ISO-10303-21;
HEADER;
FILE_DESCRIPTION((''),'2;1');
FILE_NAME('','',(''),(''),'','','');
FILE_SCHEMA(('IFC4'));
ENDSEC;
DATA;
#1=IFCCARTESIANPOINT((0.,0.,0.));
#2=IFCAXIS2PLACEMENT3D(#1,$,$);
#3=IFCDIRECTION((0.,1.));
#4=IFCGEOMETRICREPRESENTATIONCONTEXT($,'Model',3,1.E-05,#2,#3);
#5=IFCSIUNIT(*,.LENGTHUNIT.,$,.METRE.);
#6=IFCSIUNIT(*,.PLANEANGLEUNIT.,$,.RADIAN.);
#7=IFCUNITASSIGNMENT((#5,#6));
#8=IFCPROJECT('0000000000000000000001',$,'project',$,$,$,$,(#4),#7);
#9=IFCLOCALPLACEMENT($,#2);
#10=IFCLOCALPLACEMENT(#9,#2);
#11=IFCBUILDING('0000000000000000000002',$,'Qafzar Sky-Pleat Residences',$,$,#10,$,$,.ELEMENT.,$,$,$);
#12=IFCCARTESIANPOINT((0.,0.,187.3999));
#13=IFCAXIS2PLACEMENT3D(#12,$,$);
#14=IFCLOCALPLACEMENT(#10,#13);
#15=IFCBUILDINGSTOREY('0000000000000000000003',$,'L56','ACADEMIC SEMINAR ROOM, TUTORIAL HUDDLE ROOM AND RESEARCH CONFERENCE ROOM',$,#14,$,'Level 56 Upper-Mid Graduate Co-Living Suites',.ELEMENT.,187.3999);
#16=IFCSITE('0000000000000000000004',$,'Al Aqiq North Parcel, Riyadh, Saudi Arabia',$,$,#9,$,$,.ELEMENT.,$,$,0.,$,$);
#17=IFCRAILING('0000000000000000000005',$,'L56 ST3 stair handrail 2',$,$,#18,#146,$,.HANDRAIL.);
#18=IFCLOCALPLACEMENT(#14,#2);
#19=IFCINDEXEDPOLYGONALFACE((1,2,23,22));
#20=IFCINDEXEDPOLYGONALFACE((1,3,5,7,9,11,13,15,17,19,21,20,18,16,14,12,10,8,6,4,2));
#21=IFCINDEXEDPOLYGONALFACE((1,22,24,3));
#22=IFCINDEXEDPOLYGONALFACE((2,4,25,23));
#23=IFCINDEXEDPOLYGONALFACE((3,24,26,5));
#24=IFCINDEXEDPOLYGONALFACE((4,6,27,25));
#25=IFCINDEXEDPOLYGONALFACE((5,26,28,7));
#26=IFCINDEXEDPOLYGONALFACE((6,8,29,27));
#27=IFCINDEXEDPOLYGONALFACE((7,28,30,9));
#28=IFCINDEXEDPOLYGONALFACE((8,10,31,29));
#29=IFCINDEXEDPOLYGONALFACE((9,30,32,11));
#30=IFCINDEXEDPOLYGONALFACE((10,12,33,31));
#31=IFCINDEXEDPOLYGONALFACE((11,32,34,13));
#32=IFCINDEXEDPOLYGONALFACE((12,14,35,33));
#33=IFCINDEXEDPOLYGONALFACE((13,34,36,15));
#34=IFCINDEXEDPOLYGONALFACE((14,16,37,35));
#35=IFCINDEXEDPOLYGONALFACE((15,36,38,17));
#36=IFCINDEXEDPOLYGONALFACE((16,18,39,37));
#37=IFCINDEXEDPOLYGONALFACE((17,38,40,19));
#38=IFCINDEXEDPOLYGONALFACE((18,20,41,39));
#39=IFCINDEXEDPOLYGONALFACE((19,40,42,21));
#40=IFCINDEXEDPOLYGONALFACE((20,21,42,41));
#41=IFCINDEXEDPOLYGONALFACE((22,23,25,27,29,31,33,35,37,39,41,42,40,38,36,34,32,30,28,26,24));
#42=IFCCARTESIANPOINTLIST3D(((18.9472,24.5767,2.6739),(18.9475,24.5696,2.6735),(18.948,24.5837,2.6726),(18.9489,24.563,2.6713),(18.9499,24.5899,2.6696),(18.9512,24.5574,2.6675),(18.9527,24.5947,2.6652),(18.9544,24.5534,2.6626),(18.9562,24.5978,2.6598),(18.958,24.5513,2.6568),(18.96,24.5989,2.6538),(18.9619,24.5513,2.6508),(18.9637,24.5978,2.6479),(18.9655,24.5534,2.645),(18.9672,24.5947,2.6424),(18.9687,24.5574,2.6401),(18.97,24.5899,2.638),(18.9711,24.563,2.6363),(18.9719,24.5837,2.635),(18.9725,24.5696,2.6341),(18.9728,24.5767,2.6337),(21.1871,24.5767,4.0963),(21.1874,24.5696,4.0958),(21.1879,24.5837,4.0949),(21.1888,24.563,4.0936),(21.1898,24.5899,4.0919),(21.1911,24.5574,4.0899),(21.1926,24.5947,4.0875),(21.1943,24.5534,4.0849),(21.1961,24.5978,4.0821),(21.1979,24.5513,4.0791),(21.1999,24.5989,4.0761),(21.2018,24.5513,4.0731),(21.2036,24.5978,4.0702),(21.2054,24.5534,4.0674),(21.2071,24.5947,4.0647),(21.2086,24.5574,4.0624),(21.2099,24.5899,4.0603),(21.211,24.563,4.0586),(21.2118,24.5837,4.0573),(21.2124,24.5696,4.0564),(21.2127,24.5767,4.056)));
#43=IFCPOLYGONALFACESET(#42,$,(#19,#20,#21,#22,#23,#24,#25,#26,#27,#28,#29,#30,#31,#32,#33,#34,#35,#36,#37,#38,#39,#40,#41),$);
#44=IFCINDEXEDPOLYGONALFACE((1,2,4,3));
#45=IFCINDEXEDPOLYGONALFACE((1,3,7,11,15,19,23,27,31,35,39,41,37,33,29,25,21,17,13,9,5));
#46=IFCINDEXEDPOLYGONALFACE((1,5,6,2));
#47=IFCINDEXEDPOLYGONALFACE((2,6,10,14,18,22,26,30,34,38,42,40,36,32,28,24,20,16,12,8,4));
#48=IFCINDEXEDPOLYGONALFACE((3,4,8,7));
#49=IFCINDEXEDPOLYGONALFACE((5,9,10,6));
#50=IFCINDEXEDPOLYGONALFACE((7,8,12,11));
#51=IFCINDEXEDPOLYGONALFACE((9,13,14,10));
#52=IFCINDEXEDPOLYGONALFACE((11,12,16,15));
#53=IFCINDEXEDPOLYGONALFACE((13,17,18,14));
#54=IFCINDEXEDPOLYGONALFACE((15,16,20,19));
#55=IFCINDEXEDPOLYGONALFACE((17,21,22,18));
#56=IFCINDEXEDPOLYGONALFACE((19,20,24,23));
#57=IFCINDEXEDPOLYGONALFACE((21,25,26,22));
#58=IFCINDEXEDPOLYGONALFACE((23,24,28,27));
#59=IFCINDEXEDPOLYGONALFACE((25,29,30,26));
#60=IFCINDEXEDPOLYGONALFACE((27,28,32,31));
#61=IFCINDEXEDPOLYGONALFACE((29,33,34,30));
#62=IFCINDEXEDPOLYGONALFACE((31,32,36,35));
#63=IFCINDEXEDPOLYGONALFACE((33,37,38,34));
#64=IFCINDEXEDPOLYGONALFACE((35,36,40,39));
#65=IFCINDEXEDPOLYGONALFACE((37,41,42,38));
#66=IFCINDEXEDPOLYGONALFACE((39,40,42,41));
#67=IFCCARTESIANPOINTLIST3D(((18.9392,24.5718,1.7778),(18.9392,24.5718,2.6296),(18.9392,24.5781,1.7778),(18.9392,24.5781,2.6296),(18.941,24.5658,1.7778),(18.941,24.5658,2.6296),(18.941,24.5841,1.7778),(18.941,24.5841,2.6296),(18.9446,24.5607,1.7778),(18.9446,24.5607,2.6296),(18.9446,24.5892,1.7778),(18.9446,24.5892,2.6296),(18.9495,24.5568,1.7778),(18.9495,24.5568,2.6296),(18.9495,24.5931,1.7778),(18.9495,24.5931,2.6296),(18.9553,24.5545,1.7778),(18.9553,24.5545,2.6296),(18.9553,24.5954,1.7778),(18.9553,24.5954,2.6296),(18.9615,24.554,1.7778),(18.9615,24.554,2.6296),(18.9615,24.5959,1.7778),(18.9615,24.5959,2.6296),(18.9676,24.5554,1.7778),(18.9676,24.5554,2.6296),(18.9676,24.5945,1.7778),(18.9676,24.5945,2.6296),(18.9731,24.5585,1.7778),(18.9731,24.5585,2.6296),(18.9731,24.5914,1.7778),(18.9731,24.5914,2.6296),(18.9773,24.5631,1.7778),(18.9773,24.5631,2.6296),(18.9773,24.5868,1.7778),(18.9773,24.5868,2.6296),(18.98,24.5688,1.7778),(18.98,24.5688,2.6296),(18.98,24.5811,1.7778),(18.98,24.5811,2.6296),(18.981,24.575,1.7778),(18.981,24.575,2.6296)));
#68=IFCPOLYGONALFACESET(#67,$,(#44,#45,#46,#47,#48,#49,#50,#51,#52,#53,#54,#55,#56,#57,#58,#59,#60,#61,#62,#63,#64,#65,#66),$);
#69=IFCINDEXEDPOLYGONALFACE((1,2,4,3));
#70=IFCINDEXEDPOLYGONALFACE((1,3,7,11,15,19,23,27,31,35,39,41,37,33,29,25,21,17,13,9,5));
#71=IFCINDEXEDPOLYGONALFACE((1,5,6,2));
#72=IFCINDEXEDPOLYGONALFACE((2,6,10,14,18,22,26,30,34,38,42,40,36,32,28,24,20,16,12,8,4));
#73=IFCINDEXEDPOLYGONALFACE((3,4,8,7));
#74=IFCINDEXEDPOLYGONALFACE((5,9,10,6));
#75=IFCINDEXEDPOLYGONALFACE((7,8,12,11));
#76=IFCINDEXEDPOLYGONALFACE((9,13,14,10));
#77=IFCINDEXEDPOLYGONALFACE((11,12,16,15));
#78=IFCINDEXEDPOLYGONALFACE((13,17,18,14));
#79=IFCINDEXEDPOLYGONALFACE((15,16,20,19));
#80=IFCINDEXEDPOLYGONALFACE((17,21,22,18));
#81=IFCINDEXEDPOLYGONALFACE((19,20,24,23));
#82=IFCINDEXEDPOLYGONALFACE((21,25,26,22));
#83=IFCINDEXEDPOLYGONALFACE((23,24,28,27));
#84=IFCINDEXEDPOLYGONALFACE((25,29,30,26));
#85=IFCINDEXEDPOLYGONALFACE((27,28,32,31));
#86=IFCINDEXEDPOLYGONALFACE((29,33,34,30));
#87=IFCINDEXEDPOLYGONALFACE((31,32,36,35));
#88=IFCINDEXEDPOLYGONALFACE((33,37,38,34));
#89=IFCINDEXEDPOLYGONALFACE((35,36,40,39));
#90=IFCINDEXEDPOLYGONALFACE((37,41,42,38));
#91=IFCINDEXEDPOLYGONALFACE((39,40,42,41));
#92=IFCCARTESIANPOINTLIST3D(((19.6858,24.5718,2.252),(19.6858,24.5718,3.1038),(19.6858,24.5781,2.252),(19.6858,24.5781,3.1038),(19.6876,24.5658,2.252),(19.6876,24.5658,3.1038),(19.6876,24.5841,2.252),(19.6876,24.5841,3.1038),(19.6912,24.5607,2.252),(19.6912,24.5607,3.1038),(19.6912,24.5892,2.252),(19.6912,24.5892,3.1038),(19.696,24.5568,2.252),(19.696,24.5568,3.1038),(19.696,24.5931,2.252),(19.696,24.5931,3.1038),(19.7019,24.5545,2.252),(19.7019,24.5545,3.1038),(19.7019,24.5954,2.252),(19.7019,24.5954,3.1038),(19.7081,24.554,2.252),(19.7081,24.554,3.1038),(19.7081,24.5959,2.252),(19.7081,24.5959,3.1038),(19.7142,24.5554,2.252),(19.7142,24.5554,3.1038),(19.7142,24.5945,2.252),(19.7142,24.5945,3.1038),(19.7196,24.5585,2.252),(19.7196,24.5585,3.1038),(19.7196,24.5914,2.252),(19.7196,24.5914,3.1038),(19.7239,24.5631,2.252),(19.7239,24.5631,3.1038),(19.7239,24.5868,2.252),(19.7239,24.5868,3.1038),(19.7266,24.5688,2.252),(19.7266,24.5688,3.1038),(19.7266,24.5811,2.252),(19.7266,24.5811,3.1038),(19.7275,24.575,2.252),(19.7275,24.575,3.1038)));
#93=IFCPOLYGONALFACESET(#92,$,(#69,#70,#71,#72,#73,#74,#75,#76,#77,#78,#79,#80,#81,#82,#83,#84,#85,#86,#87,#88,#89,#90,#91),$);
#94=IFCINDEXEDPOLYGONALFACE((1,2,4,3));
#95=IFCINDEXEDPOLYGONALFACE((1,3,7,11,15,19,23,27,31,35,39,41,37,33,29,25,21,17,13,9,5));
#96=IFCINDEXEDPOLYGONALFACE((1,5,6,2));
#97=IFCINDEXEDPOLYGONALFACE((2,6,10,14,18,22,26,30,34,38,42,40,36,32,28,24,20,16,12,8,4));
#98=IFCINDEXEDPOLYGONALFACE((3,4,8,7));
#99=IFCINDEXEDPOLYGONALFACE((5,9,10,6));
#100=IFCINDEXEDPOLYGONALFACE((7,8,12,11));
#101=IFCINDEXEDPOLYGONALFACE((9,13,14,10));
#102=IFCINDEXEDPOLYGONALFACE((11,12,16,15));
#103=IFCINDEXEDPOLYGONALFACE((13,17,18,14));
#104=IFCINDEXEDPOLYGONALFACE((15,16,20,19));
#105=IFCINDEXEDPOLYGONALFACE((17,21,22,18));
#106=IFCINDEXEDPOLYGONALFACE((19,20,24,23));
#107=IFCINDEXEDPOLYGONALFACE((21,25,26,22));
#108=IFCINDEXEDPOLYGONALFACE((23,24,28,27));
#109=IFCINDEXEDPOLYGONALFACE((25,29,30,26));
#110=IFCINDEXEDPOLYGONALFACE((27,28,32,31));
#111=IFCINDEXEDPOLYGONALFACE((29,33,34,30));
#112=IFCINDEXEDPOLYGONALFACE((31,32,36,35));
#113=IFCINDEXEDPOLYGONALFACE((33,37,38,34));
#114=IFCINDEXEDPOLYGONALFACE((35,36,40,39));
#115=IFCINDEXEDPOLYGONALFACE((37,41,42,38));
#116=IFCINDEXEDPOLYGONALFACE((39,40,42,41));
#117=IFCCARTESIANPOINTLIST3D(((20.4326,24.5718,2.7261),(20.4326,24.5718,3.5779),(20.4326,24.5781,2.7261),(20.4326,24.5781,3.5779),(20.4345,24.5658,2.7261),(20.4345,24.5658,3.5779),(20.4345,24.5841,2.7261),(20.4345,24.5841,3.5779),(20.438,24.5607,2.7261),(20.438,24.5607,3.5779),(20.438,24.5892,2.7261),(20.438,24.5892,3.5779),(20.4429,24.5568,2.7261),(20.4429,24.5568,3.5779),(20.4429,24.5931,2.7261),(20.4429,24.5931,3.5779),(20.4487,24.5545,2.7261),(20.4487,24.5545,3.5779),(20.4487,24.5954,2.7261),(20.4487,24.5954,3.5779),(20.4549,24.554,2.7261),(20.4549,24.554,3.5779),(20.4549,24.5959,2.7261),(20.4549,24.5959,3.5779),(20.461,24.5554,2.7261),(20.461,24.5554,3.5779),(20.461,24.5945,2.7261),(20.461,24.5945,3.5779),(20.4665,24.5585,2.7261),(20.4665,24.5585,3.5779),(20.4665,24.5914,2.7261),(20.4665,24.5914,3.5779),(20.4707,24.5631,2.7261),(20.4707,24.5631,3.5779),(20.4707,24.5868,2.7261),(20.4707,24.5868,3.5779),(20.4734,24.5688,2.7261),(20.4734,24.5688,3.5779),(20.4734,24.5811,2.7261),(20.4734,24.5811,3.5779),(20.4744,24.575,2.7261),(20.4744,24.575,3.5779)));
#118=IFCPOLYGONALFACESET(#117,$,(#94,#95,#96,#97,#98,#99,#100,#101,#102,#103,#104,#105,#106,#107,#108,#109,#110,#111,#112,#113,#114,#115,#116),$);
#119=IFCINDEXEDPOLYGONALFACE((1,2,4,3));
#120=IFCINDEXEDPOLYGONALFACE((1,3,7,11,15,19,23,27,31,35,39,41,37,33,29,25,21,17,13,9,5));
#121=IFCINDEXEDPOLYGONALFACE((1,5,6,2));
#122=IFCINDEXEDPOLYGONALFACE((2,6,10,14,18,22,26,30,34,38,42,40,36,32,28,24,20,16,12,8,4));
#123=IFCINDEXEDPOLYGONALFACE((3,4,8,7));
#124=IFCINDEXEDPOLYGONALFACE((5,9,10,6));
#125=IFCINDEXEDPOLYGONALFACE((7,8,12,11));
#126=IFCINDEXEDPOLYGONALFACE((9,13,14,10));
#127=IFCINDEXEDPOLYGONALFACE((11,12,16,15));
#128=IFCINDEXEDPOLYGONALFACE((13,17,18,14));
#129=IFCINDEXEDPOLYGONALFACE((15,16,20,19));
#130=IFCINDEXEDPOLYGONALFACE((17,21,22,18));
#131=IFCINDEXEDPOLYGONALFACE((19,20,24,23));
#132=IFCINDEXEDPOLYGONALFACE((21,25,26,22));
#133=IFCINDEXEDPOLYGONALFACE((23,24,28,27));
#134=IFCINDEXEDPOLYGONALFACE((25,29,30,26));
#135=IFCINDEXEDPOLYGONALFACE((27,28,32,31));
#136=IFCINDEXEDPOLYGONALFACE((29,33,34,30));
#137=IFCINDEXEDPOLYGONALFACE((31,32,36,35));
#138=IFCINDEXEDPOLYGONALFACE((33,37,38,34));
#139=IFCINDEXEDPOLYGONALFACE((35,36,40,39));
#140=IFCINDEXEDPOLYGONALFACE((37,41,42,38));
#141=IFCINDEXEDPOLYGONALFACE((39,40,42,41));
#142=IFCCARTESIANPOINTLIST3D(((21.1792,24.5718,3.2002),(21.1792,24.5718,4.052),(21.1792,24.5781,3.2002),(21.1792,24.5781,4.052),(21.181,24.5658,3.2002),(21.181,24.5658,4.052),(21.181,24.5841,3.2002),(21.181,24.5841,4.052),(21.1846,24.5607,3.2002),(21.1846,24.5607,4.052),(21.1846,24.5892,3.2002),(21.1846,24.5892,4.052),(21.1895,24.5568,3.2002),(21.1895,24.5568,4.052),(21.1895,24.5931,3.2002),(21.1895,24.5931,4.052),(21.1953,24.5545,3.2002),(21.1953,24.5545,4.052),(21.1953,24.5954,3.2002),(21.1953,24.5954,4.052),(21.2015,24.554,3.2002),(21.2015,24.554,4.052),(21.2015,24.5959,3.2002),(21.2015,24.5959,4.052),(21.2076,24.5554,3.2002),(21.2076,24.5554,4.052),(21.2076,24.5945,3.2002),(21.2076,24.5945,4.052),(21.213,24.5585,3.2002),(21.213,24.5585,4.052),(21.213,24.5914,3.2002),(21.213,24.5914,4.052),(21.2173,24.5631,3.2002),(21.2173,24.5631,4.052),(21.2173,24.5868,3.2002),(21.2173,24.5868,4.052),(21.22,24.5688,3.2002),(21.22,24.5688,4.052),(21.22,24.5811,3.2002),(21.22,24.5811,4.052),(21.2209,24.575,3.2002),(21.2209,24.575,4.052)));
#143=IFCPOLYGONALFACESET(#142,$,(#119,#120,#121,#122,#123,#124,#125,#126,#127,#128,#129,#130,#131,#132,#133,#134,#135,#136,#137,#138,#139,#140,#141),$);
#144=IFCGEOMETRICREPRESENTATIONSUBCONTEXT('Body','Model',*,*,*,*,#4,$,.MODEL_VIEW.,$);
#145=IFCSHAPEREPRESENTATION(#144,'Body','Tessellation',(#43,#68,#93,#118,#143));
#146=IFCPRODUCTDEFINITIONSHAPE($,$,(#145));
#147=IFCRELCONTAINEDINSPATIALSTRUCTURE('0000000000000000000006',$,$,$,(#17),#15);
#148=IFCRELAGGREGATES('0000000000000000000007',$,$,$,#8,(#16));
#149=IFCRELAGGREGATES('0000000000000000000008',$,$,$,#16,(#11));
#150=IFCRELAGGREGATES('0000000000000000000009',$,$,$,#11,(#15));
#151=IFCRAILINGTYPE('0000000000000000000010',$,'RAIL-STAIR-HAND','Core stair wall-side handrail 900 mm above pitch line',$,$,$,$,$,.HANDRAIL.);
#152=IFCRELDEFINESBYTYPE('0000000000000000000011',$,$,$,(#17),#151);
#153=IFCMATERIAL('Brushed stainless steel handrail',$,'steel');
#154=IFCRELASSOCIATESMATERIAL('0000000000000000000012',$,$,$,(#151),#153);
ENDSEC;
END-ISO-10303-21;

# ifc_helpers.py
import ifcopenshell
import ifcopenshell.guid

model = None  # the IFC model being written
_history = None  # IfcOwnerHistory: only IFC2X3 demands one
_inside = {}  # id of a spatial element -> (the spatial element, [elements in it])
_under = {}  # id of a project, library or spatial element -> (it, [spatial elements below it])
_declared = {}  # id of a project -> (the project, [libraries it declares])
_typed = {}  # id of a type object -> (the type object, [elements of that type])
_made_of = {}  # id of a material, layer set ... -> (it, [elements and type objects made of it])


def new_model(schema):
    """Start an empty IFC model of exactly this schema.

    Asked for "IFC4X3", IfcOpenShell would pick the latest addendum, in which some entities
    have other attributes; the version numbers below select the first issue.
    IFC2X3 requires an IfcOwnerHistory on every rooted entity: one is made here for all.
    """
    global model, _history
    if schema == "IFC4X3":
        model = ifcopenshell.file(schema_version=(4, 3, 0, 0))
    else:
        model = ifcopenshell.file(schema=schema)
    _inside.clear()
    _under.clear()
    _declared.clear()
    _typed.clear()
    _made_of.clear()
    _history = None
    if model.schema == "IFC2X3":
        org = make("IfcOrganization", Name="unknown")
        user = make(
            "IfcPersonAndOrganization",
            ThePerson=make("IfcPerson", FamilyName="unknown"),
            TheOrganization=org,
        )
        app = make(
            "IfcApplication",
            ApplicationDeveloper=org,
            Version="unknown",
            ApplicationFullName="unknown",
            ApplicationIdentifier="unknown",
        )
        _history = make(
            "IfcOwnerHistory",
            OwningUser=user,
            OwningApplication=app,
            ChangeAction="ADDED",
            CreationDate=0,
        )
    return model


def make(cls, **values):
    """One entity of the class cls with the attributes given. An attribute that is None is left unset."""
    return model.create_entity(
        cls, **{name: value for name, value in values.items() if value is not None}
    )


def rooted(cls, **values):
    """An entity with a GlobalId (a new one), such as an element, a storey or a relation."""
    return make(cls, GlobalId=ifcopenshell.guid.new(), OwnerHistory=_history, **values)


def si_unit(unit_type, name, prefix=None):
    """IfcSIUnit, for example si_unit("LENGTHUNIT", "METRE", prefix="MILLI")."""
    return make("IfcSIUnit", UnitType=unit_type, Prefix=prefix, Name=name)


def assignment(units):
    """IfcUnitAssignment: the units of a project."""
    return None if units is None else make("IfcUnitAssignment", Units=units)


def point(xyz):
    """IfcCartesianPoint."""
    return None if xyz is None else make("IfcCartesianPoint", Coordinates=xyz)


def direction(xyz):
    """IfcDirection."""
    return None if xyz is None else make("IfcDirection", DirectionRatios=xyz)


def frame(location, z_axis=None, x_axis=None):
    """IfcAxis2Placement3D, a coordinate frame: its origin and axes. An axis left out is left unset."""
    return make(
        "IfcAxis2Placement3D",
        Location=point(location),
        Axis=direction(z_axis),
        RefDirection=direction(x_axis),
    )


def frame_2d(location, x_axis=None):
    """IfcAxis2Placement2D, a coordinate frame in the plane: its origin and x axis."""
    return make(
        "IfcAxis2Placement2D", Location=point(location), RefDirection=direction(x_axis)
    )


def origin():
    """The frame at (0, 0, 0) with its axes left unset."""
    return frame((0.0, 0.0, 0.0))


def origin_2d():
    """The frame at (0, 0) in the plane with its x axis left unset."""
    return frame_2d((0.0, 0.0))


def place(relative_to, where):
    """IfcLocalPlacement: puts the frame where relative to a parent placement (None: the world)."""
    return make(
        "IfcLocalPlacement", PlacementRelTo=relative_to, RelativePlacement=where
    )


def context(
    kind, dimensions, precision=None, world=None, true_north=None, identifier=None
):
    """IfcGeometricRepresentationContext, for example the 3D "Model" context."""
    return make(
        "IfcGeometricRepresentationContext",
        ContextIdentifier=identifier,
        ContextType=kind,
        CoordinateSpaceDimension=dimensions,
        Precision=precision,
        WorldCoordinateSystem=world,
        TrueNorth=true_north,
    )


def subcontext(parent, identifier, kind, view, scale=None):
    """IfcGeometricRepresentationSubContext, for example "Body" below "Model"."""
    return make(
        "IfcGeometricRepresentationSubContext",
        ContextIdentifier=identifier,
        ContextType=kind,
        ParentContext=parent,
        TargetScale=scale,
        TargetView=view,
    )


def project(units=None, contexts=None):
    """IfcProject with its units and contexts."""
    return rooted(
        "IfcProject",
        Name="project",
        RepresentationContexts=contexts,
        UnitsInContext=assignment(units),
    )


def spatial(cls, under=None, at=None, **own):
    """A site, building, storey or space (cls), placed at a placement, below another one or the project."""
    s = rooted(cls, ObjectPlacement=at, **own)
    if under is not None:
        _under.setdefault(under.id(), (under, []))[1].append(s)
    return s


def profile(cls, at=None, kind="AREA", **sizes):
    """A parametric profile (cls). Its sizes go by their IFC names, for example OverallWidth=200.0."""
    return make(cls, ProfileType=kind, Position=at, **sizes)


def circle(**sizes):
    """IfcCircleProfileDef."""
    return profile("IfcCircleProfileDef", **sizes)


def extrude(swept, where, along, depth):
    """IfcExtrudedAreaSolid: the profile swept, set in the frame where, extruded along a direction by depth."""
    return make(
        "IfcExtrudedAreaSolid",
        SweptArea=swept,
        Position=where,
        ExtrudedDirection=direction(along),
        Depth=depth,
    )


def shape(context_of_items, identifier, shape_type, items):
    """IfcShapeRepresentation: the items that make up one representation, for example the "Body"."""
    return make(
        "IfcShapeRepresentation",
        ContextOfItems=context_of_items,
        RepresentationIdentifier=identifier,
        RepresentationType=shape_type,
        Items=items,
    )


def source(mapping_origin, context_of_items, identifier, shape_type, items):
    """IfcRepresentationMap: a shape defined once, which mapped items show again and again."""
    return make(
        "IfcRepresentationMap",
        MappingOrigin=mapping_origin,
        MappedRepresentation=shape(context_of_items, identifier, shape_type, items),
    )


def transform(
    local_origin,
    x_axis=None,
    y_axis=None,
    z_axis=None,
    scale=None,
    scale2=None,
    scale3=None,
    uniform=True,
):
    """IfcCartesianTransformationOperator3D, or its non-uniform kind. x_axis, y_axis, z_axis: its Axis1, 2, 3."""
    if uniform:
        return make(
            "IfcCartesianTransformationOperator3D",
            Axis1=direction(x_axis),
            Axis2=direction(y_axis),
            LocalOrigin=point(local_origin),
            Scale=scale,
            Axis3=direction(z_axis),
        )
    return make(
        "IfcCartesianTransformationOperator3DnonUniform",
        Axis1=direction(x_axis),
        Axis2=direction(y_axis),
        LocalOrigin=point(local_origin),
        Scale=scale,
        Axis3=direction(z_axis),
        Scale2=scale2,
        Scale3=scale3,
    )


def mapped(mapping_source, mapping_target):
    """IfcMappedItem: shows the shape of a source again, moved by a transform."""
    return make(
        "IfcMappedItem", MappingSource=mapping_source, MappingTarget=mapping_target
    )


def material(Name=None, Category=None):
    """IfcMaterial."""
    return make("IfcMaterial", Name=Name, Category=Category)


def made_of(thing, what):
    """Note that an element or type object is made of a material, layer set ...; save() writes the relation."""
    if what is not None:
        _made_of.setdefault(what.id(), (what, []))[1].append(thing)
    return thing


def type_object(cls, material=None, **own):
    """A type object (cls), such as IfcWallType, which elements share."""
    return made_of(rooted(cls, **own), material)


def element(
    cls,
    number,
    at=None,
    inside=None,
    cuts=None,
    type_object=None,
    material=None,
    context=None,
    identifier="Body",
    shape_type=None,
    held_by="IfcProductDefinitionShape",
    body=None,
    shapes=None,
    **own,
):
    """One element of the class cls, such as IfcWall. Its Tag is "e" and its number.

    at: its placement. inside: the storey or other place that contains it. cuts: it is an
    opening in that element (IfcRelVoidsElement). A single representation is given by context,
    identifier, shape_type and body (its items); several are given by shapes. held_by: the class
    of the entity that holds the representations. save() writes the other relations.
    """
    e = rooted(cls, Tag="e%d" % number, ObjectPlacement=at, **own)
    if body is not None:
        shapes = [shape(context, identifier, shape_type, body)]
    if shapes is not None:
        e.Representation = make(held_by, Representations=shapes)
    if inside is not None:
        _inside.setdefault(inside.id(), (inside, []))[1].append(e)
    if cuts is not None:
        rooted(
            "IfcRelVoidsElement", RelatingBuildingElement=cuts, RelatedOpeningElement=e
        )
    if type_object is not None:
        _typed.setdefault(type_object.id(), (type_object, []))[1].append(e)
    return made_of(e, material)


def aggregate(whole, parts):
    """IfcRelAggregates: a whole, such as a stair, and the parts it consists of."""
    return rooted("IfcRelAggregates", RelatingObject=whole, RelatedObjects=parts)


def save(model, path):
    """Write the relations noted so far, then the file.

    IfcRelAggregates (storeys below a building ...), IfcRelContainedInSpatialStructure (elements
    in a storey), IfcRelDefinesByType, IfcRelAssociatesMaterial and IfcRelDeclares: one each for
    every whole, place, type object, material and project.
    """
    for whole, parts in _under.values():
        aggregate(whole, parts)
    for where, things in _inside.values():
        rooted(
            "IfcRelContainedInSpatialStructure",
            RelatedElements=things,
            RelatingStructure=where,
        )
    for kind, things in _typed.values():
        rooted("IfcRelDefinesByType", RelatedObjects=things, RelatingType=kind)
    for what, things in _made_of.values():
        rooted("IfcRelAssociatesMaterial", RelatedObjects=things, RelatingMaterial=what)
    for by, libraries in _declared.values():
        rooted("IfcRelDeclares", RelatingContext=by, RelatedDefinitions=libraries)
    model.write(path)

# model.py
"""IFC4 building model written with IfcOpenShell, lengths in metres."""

from ifc_helpers import new_model, si_unit, direction, frame, origin, origin_2d, place, context, subcontext, project, spatial, circle, extrude, source, transform, mapped, material, type_object, element, save


model = new_model("IFC4")

# Units and contexts
model_context = context("Model", 3, precision=1e-05, world=origin(), true_north=direction((0.0, 1.0)))
body_context = subcontext(model_context, "Body", "Model", "MODEL_VIEW")
ifc_project = project(units=[si_unit("LENGTHUNIT", "METRE"), si_unit("PLANEANGLEUNIT", "RADIAN")], contexts=[model_context])

# Site, building, storey
site_placement = place(None, origin())
site = spatial("IfcSite", under=ifc_project, at=site_placement, Name="Al Aqiq North Parcel, Riyadh, Saudi Arabia", CompositionType="ELEMENT", RefElevation=0.0)
building_placement = place(site_placement, origin())
building = spatial("IfcBuilding", under=site, at=building_placement, Name="Qafzar Sky-Pleat Residences", CompositionType="ELEMENT")
storey_placement = place(building_placement, frame((0.0, 0.0, 187.3999)))
storey = spatial("IfcBuildingStorey", under=building, at=storey_placement, Name="L56", Description="ACADEMIC SEMINAR ROOM, TUTORIAL HUDDLE ROOM AND RESEARCH CONFERENCE ROOM", LongName="Level 56 Upper-Mid Graduate Co-Living Suites", CompositionType="ELEMENT", Elevation=187.3999)

# Railing
ifc_material_1 = material(Name="Brushed stainless steel handrail", Category="steel")
railing_type_1 = type_object("IfcRailingType", Name="RAIL-STAIR-HAND", Description="Core stair wall-side handrail 900 mm above pitch line", PredefinedType="HANDRAIL", material=ifc_material_1)
shared_shape_1 = source(origin(), body_context, "Body", "SweptSolid", [
    extrude(circle(Radius=0.0239, at=origin_2d()), frame((0.0, 0.0, 0.876), z_axis=(0.844188, 0.0, 0.536048), x_axis=(0.0, 1.0, 0.0)), (0.0, 0.0, 1.0), 2.6533),
    extrude(circle(Radius=0.021, at=origin_2d()), origin(), (0.0, 0.0, 1.0), 0.8518),
    extrude(circle(Radius=0.021, at=origin_2d()), frame((0.7466, 0.0, 0.4741)), (0.0, 0.0, 1.0), 0.8518),
    extrude(circle(Radius=0.021, at=origin_2d()), frame((1.4934, 0.0, 0.9482)), (0.0, 0.0, 1.0), 0.8518),
    extrude(circle(Radius=0.021, at=origin_2d()), frame((2.24, 0.0, 1.4224)), (0.0, 0.0, 1.0), 0.8518),
])
railing_1_placement = place(storey_placement, frame((18.96, 24.575, 1.7778)))
element("IfcRailing", 1, at=railing_1_placement, inside=storey, type_object=railing_type_1, Name="L56 ST3 stair handrail 2", PredefinedType="HANDRAIL", context=body_context, shape_type="MappedRepresentation", body=[
    mapped(shared_shape_1, transform((0.0, 0.0, 0.0), x_axis=(1.0, 0.0, 0.0), y_axis=(0.0, 1.0, 0.0), z_axis=(0.0, 0.0, 1.0), scale=1.0)),
])

save(model, "model.ifc")
